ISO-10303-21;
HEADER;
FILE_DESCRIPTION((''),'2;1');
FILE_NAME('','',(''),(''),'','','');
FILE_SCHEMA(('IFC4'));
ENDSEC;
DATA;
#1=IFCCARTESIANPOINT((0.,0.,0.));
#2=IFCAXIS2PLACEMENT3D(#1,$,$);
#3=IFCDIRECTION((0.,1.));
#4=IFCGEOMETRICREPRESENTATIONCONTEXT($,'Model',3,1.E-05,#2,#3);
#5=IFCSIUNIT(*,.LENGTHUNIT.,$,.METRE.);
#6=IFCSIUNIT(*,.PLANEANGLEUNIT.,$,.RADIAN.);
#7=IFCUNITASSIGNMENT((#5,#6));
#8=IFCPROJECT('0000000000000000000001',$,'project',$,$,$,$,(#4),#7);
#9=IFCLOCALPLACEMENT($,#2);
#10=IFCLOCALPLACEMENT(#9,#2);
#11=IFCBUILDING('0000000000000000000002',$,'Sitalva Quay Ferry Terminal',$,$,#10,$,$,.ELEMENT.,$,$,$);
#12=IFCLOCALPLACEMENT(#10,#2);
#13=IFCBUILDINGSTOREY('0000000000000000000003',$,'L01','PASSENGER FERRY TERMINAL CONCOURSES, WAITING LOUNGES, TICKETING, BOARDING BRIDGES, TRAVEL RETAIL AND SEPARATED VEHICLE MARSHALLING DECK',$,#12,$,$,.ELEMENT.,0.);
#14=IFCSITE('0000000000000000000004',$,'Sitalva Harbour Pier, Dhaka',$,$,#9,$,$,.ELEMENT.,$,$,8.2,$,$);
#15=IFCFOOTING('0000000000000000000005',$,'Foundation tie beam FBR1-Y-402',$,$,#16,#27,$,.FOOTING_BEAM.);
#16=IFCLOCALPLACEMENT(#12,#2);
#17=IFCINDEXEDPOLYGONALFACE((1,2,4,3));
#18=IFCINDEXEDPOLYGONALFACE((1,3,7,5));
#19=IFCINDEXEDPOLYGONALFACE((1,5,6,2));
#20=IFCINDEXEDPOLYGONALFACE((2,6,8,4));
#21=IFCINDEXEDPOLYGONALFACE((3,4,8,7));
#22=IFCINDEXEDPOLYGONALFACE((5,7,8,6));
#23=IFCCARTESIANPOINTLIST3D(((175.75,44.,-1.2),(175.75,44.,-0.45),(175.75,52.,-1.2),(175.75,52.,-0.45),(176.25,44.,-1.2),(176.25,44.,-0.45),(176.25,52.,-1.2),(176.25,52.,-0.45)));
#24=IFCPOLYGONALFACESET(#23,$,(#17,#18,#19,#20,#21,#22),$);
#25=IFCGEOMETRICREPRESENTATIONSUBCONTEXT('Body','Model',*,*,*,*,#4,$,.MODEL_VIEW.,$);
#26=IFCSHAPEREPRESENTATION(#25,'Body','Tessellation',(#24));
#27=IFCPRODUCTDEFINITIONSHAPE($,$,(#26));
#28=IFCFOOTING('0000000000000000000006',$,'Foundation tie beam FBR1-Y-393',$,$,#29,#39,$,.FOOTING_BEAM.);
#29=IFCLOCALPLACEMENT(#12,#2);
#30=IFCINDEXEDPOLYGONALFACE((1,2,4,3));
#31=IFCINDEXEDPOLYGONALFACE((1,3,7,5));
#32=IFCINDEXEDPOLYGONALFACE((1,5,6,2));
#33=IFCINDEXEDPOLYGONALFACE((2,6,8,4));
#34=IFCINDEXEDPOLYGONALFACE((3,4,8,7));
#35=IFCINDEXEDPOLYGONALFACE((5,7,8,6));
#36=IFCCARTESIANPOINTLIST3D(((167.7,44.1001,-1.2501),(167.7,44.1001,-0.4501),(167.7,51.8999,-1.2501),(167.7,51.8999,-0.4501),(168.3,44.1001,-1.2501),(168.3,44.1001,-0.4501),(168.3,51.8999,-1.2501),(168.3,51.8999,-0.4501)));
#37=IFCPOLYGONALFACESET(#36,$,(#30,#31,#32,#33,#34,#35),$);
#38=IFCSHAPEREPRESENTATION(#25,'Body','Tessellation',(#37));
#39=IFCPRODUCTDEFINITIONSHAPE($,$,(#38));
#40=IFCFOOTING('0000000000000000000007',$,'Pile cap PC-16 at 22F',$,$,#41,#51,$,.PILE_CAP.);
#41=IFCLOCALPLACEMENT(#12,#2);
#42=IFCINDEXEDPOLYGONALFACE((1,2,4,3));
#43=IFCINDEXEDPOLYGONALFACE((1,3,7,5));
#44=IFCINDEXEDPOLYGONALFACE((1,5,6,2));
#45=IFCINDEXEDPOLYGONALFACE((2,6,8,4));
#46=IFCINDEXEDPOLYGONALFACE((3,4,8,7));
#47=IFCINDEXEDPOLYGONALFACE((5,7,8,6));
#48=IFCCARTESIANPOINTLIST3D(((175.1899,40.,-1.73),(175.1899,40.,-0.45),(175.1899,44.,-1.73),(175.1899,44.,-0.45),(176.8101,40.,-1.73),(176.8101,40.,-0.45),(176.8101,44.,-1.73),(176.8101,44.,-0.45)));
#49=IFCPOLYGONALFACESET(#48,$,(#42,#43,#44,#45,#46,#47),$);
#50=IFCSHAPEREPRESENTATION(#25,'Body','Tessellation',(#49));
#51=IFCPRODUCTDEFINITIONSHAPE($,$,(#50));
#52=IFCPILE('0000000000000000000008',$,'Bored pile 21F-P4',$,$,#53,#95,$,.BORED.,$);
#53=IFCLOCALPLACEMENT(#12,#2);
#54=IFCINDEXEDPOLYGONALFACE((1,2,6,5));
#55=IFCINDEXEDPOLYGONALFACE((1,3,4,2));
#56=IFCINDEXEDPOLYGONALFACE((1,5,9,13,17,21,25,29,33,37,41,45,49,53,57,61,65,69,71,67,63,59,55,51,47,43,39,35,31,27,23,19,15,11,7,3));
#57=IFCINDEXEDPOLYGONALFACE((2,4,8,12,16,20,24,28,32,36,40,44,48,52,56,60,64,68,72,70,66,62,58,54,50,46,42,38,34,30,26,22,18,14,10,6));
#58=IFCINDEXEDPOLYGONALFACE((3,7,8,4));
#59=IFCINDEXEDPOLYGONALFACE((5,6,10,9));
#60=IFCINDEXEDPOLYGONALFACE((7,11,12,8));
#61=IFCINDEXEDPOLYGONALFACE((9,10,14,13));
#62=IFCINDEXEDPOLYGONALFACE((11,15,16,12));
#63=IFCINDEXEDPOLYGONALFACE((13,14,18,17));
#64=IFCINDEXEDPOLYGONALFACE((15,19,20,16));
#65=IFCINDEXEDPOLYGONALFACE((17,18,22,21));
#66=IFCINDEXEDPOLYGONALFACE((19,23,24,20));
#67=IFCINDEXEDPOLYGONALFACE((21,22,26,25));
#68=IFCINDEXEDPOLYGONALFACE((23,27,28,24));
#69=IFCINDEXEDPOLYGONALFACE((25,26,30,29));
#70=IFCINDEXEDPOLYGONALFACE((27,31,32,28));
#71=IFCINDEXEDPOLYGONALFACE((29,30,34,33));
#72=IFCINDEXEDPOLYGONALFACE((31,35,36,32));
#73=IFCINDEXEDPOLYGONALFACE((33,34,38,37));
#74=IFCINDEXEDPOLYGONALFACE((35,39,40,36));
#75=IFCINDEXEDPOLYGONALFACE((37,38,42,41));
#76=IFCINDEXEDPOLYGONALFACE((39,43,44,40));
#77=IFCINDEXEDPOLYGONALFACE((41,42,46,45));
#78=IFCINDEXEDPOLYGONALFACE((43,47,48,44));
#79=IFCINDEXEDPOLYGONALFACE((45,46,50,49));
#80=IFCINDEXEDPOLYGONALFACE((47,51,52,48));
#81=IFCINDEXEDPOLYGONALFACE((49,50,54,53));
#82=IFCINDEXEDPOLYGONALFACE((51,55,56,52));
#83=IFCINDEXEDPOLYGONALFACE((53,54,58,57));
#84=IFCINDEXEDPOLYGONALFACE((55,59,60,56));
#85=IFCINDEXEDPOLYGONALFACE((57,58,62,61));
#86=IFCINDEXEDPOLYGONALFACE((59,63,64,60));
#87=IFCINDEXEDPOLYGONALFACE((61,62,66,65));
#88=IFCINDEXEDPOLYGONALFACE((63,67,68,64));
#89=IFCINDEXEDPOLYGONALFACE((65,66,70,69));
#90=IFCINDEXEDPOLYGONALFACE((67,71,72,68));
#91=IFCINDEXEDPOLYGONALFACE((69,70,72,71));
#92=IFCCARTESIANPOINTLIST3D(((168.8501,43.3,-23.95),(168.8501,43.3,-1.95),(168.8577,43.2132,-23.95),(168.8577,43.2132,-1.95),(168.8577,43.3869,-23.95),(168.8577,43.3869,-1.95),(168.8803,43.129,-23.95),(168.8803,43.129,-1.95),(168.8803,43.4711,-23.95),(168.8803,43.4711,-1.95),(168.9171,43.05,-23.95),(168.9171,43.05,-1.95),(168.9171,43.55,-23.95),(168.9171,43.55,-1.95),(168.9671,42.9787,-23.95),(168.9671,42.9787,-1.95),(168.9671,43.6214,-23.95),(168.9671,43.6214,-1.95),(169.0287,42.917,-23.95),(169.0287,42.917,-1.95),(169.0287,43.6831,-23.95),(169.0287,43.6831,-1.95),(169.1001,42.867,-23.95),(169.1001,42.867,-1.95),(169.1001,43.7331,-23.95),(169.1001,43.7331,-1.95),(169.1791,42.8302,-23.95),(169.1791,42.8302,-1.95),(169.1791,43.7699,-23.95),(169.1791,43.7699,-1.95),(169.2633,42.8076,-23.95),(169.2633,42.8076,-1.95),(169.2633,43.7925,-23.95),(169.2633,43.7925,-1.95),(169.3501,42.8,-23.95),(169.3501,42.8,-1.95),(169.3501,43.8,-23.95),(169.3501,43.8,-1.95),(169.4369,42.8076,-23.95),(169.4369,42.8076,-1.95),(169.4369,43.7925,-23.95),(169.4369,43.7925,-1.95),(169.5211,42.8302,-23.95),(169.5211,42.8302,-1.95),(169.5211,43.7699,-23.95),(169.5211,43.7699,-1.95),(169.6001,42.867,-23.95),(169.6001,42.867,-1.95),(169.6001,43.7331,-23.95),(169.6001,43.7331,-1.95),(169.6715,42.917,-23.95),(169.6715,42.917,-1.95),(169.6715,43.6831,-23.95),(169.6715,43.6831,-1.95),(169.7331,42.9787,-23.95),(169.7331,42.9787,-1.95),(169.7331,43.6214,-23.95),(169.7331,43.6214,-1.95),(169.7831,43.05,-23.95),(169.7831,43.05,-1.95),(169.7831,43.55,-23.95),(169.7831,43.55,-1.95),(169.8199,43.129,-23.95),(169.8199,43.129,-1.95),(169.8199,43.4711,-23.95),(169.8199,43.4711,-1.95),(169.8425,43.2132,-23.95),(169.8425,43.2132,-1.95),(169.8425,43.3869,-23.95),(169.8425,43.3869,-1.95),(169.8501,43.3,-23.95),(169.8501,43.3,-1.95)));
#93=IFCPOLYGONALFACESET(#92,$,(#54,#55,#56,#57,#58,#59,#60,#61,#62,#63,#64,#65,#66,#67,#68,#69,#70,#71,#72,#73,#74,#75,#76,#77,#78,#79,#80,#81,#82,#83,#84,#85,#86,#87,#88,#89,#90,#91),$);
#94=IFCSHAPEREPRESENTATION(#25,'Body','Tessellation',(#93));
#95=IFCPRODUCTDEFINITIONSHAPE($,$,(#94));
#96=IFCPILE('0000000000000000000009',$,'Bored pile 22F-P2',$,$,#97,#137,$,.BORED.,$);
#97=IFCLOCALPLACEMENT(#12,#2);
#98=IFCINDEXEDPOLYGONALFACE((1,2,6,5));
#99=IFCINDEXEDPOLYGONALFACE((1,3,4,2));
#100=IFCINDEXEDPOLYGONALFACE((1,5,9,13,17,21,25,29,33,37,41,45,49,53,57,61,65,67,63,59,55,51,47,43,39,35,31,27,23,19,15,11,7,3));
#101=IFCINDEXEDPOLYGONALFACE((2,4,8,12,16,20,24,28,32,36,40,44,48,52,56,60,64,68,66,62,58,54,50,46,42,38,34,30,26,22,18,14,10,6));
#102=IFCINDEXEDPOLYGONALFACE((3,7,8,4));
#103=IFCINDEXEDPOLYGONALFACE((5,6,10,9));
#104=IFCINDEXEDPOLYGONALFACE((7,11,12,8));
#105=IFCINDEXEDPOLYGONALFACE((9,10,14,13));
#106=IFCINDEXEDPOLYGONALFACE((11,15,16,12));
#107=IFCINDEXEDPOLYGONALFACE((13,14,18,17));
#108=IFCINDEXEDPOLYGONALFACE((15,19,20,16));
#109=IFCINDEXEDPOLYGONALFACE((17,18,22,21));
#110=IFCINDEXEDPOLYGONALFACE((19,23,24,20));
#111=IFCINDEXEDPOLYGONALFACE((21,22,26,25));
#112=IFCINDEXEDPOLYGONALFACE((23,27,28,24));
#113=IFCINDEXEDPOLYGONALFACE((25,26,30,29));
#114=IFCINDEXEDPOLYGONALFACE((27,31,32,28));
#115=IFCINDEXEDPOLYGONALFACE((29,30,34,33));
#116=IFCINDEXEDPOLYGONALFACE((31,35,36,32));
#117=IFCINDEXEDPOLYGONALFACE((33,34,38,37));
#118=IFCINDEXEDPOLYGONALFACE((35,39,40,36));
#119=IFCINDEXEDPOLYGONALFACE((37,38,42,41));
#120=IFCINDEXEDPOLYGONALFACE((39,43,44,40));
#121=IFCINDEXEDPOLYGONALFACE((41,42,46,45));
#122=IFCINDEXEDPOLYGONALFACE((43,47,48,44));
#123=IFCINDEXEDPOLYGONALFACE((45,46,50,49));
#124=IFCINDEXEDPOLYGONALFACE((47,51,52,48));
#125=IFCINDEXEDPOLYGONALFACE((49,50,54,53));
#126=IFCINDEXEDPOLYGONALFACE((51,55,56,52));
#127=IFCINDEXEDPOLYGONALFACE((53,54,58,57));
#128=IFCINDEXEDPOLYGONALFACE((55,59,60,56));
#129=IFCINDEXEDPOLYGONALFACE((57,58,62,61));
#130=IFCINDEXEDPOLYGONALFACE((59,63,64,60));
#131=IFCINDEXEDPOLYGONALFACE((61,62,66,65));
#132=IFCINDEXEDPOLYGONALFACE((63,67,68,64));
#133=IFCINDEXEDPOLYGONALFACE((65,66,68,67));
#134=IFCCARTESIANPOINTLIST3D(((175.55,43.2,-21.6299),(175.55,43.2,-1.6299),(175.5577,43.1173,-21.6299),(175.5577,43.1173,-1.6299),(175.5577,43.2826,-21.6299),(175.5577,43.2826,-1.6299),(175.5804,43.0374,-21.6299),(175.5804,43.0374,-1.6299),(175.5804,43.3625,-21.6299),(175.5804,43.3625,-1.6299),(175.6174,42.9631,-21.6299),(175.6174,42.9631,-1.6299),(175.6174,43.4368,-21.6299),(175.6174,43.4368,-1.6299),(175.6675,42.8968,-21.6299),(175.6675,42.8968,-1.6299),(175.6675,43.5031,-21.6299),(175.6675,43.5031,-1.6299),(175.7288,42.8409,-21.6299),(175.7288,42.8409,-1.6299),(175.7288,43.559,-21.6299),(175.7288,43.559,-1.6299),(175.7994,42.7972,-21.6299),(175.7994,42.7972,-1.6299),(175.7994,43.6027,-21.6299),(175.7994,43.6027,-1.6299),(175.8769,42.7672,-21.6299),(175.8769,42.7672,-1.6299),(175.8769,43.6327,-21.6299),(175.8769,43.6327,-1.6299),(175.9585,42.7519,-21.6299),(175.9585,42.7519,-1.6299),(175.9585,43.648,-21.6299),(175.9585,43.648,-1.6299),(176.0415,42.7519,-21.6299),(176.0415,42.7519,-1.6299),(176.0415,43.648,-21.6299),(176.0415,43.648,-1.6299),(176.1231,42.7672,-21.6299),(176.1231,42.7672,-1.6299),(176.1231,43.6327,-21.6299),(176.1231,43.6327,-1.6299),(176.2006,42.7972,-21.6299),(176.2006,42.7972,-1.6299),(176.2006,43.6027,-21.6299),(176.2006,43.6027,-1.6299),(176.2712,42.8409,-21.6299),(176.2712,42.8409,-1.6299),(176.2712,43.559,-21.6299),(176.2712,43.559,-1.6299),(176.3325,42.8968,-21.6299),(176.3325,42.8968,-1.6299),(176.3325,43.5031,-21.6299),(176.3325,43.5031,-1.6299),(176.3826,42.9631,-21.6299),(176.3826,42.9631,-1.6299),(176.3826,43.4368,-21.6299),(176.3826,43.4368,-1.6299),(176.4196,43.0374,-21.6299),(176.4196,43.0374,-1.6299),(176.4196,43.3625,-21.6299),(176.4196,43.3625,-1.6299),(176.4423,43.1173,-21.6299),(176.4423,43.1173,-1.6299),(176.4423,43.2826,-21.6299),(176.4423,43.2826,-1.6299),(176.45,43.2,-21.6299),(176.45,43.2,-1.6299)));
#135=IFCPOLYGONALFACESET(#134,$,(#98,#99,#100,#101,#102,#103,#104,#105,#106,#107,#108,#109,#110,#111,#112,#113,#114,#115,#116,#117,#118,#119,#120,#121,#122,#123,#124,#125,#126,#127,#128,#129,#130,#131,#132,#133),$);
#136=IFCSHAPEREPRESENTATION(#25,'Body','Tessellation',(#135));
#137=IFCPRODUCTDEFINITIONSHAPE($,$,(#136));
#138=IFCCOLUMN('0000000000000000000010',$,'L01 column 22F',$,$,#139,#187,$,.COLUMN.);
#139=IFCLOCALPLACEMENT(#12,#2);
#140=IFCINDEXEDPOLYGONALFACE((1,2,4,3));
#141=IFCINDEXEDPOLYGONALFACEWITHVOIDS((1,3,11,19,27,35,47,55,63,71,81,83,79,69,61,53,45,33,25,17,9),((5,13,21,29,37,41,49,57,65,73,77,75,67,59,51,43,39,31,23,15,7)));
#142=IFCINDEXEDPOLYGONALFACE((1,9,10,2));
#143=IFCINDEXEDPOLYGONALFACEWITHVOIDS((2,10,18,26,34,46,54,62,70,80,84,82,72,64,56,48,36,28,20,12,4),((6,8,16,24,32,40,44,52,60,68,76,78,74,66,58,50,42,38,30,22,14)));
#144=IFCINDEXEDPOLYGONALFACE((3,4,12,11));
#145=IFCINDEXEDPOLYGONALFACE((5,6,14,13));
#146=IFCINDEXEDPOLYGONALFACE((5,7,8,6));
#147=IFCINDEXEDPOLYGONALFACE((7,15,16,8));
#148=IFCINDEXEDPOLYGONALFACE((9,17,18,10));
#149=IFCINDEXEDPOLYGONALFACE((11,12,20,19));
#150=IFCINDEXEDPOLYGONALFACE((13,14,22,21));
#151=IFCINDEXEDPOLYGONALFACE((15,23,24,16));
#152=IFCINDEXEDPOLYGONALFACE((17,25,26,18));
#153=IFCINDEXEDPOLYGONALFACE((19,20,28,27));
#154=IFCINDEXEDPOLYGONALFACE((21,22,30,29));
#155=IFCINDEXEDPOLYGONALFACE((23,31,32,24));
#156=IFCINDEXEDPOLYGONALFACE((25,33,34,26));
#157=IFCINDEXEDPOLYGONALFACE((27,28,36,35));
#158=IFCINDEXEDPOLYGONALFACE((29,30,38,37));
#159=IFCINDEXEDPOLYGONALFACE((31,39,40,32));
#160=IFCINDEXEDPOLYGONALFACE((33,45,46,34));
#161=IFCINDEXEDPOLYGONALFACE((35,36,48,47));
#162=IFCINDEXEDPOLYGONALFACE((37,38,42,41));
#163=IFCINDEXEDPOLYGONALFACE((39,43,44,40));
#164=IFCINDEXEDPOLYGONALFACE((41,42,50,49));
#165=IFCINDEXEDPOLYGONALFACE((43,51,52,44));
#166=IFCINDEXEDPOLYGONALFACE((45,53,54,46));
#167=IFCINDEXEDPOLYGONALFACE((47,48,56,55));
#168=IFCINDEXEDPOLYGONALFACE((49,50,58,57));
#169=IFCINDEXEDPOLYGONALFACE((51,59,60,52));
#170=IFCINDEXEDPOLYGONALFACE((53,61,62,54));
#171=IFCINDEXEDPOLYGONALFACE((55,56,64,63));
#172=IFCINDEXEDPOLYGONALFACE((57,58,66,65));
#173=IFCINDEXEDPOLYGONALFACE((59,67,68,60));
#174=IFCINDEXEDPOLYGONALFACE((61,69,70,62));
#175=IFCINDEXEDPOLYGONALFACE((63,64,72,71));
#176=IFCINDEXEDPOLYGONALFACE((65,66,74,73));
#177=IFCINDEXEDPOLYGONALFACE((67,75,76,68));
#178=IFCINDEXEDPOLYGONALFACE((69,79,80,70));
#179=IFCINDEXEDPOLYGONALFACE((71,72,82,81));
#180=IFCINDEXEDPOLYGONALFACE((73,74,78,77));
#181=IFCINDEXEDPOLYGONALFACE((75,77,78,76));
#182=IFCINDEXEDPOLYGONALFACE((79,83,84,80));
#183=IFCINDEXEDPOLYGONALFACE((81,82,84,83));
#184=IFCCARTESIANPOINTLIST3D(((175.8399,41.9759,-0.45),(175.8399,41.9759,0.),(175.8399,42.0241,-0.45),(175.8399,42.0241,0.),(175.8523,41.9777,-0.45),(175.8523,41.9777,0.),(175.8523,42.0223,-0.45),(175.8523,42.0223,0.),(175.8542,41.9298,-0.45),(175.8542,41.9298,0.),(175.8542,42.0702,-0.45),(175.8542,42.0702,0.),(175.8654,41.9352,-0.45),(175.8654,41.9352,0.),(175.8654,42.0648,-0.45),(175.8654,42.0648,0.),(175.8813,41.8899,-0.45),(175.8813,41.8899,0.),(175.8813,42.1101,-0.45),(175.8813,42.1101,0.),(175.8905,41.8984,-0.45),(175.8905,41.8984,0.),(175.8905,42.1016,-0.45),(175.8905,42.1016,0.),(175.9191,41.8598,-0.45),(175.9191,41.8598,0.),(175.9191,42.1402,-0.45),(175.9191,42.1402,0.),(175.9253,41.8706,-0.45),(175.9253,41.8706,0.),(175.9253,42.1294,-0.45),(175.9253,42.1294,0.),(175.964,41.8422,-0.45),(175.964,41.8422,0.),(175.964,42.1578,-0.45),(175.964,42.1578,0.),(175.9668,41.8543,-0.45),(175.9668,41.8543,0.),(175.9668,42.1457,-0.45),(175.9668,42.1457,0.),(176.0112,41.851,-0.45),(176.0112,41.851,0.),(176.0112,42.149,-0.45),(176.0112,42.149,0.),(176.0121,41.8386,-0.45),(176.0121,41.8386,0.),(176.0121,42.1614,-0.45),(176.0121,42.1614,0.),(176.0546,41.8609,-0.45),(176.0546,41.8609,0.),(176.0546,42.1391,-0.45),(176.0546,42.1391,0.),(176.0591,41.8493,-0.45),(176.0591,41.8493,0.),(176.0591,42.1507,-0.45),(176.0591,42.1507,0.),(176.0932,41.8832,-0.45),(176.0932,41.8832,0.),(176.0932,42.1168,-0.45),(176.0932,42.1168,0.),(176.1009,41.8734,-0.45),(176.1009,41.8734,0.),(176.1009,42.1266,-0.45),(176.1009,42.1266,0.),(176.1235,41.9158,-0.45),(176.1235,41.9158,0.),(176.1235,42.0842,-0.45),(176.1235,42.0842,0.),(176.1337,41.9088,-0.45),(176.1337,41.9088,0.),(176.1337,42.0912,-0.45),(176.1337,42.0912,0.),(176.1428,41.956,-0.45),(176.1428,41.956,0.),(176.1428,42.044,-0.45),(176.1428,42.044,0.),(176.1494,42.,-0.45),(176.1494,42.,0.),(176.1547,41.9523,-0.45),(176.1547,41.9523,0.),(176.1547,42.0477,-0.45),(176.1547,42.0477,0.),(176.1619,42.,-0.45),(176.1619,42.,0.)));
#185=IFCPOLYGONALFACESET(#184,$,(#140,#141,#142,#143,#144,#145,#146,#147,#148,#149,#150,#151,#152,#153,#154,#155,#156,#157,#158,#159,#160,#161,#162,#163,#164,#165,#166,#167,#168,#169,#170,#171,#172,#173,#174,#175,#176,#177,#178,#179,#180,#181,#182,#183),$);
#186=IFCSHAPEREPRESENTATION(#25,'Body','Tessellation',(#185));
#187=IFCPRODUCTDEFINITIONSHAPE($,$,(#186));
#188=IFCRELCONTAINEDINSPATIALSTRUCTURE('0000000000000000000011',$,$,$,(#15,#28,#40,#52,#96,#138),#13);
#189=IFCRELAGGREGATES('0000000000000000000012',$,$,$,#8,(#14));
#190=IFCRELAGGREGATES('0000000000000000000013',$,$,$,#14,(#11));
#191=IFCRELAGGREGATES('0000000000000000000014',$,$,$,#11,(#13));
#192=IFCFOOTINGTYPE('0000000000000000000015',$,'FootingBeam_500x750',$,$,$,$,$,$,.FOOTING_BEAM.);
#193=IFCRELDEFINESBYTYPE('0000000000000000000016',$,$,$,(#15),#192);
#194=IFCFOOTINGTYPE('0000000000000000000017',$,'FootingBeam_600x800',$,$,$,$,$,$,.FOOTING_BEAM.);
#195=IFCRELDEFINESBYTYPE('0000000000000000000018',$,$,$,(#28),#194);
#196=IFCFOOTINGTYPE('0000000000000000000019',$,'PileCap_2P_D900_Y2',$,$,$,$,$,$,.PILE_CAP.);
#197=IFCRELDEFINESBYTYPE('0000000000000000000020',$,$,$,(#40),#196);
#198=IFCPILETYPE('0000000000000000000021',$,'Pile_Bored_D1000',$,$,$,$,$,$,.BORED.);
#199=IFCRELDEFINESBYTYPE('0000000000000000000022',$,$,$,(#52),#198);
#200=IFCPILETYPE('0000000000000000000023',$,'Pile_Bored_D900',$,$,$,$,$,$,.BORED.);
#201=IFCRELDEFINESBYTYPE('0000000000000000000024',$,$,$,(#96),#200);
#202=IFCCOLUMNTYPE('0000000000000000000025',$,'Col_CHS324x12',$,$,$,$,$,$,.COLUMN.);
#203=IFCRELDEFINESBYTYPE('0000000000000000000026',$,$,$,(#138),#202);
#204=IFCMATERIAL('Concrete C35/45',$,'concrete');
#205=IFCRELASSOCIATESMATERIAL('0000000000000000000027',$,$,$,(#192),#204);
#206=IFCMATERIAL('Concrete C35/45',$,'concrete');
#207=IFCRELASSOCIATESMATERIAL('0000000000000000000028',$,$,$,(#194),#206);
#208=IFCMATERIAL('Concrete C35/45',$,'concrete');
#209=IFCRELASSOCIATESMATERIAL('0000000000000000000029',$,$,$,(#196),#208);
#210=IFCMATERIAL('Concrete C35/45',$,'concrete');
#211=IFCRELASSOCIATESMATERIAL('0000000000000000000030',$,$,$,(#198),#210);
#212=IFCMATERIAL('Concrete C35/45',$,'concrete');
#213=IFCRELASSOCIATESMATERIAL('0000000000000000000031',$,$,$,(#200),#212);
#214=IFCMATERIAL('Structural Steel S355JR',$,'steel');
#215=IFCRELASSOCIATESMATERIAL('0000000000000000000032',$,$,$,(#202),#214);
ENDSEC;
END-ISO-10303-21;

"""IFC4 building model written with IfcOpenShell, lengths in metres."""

from ifc_helpers import new_model, si_unit, direction, frame, origin, origin_2d, place, context, subcontext, project, spatial, rectangle, circle, hollow_circle, extrude, material, material_profile, profile_set, type_object, element, save


model = new_model("IFC4")

# Units and contexts
model_context = context("Model", 3, precision=1e-05, world=origin(), true_north=direction((0.0, 1.0)))
body_context = subcontext(model_context, "Body", "Model", "MODEL_VIEW")
ifc_project = project(units=[si_unit("LENGTHUNIT", "METRE"), si_unit("PLANEANGLEUNIT", "RADIAN")], contexts=[model_context])

# Site, building, storey
site_placement = place(None, origin())
site = spatial("IfcSite", under=ifc_project, at=site_placement, Name="Sitalva Harbour Pier, Dhaka", CompositionType="ELEMENT", RefElevation=8.2)
building_placement = place(site_placement, origin())
building = spatial("IfcBuilding", under=site, at=building_placement, Name="Sitalva Quay Ferry Terminal", CompositionType="ELEMENT")
storey_placement = place(building_placement, origin())
storey = spatial("IfcBuildingStorey", under=building, at=storey_placement, Name="L01", Description="PASSENGER FERRY TERMINAL CONCOURSES, WAITING LOUNGES, TICKETING, BOARDING BRIDGES, TRAVEL RETAIL AND SEPARATED VEHICLE MARSHALLING DECK", CompositionType="ELEMENT", Elevation=0.0)

# Footings
ifc_material_1 = material(Name="Concrete C35/45", Category="concrete")
ifc_material_profile_1 = material_profile(ifc_material_1, rectangle(XDim=0.5, YDim=0.75, at=origin_2d()), Name="RC500x750")
ifc_profile_set_1 = profile_set([ifc_material_profile_1], Name="Concrete C35/45")
footing_type_1 = type_object("IfcFootingType", Name="FootingBeam_500x750", PredefinedType="FOOTING_BEAM", material=ifc_profile_set_1)
footing_1_placement = place(storey_placement, frame((176.0, 44.0, -0.825), z_axis=(0.0, 1.0, 0.0), x_axis=(-1.0, 0.0, 0.0)))
element("IfcFooting", 1, at=footing_1_placement, inside=storey, type_object=footing_type_1, Name="Foundation tie beam FBR1-Y-402", PredefinedType="FOOTING_BEAM", context=body_context, shape_type="SweptSolid", body=[
    extrude(rectangle(XDim=0.5, YDim=0.75, at=origin_2d()), origin(), (0.0, 0.0, 1.0), 8.0),
])
ifc_material_2 = material(Name="Concrete C35/45", Category="concrete")
ifc_material_profile_2 = material_profile(ifc_material_2, rectangle(XDim=0.6001, YDim=0.8, at=origin_2d()), Name="RC600x800")
ifc_profile_set_2 = profile_set([ifc_material_profile_2], Name="Concrete C35/45")
footing_type_2 = type_object("IfcFootingType", Name="FootingBeam_600x800", PredefinedType="FOOTING_BEAM", material=ifc_profile_set_2)
footing_2_placement = place(storey_placement, frame((168.0, 44.1001, -0.8501), z_axis=(0.0, 1.0, 0.0), x_axis=(-1.0, 0.0, 0.0)))
element("IfcFooting", 2, at=footing_2_placement, inside=storey, type_object=footing_type_2, Name="Foundation tie beam FBR1-Y-393", PredefinedType="FOOTING_BEAM", context=body_context, shape_type="SweptSolid", body=[
    extrude(rectangle(XDim=0.6001, YDim=0.8, at=origin_2d()), origin(), (0.0, 0.0, 1.0), 7.7998),
])
ifc_material_3 = material(Name="Concrete C35/45", Category="concrete")
footing_type_3 = type_object("IfcFootingType", Name="PileCap_2P_D900_Y2", PredefinedType="PILE_CAP", material=ifc_material_3)
footing_3_placement = place(storey_placement, frame((176.0, 42.0, -1.73), z_axis=(0.0, 0.0, 1.0), x_axis=(1.0, 0.0, 0.0)))
element("IfcFooting", 3, at=footing_3_placement, inside=storey, type_object=footing_type_3, Name="Pile cap PC-16 at 22F", PredefinedType="PILE_CAP", context=body_context, shape_type="SweptSolid", body=[
    extrude(rectangle(XDim=1.6201, YDim=4.0, at=origin_2d()), origin(), (0.0, 0.0, 1.0), 1.28),
])

# Piles
ifc_material_4 = material(Name="Concrete C35/45", Category="concrete")
ifc_material_profile_3 = material_profile(ifc_material_4, circle(Radius=0.5, at=origin_2d()), Name="PILE-D1000")
ifc_profile_set_3 = profile_set([ifc_material_profile_3], Name="Concrete C35/45")
pile_type_1 = type_object("IfcPileType", Name="Pile_Bored_D1000", PredefinedType="BORED", material=ifc_profile_set_3)
pile_1_placement = place(storey_placement, frame((169.3501, 43.3, -1.95), z_axis=(0.0, 0.0, -1.0), x_axis=(1.0, 0.0, 0.0)))
element("IfcPile", 4, at=pile_1_placement, inside=storey, type_object=pile_type_1, Name="Bored pile 21F-P4", PredefinedType="BORED", context=body_context, shape_type="SweptSolid", body=[
    extrude(circle(Radius=0.5, at=origin_2d()), origin(), (0.0, 0.0, 1.0), 22.0),
])
ifc_material_5 = material(Name="Concrete C35/45", Category="concrete")
ifc_material_profile_4 = material_profile(ifc_material_5, circle(Radius=0.45, at=origin_2d()), Name="PILE-D900")
ifc_profile_set_4 = profile_set([ifc_material_profile_4], Name="Concrete C35/45")
pile_type_2 = type_object("IfcPileType", Name="Pile_Bored_D900", PredefinedType="BORED", material=ifc_profile_set_4)
pile_2_placement = place(storey_placement, frame((176.0, 43.2, -1.6299), z_axis=(0.0, 0.0, -1.0), x_axis=(1.0, 0.0, 0.0)))
element("IfcPile", 5, at=pile_2_placement, inside=storey, type_object=pile_type_2, Name="Bored pile 22F-P2", PredefinedType="BORED", context=body_context, shape_type="SweptSolid", body=[
    extrude(circle(Radius=0.45, at=origin_2d()), origin(), (0.0, 0.0, 1.0), 20.0),
])

# Column
ifc_material_6 = material(Name="Structural Steel S355JR", Category="steel")
ifc_material_profile_5 = material_profile(ifc_material_6, hollow_circle(Radius=0.1619, WallThickness=0.0125, at=origin_2d()), Name="CHS324x12.5")
ifc_profile_set_5 = profile_set([ifc_material_profile_5], Name="Structural Steel S355JR")
column_type = type_object("IfcColumnType", Name="Col_CHS324x12", PredefinedType="COLUMN", material=ifc_profile_set_5)
column_placement = place(storey_placement, frame((176.0, 42.0, -0.45), z_axis=(0.0, 0.0, 1.0), x_axis=(1.0, 0.0, 0.0)))
element("IfcColumn", 6, at=column_placement, inside=storey, type_object=column_type, Name="L01 column 22F", PredefinedType="COLUMN", context=body_context, shape_type="SweptSolid", body=[
    extrude(hollow_circle(Radius=0.1619, WallThickness=0.0125, at=origin_2d()), origin(), (0.0, 0.0, 1.0), 0.45),
])

save(model, "model.ifc")
